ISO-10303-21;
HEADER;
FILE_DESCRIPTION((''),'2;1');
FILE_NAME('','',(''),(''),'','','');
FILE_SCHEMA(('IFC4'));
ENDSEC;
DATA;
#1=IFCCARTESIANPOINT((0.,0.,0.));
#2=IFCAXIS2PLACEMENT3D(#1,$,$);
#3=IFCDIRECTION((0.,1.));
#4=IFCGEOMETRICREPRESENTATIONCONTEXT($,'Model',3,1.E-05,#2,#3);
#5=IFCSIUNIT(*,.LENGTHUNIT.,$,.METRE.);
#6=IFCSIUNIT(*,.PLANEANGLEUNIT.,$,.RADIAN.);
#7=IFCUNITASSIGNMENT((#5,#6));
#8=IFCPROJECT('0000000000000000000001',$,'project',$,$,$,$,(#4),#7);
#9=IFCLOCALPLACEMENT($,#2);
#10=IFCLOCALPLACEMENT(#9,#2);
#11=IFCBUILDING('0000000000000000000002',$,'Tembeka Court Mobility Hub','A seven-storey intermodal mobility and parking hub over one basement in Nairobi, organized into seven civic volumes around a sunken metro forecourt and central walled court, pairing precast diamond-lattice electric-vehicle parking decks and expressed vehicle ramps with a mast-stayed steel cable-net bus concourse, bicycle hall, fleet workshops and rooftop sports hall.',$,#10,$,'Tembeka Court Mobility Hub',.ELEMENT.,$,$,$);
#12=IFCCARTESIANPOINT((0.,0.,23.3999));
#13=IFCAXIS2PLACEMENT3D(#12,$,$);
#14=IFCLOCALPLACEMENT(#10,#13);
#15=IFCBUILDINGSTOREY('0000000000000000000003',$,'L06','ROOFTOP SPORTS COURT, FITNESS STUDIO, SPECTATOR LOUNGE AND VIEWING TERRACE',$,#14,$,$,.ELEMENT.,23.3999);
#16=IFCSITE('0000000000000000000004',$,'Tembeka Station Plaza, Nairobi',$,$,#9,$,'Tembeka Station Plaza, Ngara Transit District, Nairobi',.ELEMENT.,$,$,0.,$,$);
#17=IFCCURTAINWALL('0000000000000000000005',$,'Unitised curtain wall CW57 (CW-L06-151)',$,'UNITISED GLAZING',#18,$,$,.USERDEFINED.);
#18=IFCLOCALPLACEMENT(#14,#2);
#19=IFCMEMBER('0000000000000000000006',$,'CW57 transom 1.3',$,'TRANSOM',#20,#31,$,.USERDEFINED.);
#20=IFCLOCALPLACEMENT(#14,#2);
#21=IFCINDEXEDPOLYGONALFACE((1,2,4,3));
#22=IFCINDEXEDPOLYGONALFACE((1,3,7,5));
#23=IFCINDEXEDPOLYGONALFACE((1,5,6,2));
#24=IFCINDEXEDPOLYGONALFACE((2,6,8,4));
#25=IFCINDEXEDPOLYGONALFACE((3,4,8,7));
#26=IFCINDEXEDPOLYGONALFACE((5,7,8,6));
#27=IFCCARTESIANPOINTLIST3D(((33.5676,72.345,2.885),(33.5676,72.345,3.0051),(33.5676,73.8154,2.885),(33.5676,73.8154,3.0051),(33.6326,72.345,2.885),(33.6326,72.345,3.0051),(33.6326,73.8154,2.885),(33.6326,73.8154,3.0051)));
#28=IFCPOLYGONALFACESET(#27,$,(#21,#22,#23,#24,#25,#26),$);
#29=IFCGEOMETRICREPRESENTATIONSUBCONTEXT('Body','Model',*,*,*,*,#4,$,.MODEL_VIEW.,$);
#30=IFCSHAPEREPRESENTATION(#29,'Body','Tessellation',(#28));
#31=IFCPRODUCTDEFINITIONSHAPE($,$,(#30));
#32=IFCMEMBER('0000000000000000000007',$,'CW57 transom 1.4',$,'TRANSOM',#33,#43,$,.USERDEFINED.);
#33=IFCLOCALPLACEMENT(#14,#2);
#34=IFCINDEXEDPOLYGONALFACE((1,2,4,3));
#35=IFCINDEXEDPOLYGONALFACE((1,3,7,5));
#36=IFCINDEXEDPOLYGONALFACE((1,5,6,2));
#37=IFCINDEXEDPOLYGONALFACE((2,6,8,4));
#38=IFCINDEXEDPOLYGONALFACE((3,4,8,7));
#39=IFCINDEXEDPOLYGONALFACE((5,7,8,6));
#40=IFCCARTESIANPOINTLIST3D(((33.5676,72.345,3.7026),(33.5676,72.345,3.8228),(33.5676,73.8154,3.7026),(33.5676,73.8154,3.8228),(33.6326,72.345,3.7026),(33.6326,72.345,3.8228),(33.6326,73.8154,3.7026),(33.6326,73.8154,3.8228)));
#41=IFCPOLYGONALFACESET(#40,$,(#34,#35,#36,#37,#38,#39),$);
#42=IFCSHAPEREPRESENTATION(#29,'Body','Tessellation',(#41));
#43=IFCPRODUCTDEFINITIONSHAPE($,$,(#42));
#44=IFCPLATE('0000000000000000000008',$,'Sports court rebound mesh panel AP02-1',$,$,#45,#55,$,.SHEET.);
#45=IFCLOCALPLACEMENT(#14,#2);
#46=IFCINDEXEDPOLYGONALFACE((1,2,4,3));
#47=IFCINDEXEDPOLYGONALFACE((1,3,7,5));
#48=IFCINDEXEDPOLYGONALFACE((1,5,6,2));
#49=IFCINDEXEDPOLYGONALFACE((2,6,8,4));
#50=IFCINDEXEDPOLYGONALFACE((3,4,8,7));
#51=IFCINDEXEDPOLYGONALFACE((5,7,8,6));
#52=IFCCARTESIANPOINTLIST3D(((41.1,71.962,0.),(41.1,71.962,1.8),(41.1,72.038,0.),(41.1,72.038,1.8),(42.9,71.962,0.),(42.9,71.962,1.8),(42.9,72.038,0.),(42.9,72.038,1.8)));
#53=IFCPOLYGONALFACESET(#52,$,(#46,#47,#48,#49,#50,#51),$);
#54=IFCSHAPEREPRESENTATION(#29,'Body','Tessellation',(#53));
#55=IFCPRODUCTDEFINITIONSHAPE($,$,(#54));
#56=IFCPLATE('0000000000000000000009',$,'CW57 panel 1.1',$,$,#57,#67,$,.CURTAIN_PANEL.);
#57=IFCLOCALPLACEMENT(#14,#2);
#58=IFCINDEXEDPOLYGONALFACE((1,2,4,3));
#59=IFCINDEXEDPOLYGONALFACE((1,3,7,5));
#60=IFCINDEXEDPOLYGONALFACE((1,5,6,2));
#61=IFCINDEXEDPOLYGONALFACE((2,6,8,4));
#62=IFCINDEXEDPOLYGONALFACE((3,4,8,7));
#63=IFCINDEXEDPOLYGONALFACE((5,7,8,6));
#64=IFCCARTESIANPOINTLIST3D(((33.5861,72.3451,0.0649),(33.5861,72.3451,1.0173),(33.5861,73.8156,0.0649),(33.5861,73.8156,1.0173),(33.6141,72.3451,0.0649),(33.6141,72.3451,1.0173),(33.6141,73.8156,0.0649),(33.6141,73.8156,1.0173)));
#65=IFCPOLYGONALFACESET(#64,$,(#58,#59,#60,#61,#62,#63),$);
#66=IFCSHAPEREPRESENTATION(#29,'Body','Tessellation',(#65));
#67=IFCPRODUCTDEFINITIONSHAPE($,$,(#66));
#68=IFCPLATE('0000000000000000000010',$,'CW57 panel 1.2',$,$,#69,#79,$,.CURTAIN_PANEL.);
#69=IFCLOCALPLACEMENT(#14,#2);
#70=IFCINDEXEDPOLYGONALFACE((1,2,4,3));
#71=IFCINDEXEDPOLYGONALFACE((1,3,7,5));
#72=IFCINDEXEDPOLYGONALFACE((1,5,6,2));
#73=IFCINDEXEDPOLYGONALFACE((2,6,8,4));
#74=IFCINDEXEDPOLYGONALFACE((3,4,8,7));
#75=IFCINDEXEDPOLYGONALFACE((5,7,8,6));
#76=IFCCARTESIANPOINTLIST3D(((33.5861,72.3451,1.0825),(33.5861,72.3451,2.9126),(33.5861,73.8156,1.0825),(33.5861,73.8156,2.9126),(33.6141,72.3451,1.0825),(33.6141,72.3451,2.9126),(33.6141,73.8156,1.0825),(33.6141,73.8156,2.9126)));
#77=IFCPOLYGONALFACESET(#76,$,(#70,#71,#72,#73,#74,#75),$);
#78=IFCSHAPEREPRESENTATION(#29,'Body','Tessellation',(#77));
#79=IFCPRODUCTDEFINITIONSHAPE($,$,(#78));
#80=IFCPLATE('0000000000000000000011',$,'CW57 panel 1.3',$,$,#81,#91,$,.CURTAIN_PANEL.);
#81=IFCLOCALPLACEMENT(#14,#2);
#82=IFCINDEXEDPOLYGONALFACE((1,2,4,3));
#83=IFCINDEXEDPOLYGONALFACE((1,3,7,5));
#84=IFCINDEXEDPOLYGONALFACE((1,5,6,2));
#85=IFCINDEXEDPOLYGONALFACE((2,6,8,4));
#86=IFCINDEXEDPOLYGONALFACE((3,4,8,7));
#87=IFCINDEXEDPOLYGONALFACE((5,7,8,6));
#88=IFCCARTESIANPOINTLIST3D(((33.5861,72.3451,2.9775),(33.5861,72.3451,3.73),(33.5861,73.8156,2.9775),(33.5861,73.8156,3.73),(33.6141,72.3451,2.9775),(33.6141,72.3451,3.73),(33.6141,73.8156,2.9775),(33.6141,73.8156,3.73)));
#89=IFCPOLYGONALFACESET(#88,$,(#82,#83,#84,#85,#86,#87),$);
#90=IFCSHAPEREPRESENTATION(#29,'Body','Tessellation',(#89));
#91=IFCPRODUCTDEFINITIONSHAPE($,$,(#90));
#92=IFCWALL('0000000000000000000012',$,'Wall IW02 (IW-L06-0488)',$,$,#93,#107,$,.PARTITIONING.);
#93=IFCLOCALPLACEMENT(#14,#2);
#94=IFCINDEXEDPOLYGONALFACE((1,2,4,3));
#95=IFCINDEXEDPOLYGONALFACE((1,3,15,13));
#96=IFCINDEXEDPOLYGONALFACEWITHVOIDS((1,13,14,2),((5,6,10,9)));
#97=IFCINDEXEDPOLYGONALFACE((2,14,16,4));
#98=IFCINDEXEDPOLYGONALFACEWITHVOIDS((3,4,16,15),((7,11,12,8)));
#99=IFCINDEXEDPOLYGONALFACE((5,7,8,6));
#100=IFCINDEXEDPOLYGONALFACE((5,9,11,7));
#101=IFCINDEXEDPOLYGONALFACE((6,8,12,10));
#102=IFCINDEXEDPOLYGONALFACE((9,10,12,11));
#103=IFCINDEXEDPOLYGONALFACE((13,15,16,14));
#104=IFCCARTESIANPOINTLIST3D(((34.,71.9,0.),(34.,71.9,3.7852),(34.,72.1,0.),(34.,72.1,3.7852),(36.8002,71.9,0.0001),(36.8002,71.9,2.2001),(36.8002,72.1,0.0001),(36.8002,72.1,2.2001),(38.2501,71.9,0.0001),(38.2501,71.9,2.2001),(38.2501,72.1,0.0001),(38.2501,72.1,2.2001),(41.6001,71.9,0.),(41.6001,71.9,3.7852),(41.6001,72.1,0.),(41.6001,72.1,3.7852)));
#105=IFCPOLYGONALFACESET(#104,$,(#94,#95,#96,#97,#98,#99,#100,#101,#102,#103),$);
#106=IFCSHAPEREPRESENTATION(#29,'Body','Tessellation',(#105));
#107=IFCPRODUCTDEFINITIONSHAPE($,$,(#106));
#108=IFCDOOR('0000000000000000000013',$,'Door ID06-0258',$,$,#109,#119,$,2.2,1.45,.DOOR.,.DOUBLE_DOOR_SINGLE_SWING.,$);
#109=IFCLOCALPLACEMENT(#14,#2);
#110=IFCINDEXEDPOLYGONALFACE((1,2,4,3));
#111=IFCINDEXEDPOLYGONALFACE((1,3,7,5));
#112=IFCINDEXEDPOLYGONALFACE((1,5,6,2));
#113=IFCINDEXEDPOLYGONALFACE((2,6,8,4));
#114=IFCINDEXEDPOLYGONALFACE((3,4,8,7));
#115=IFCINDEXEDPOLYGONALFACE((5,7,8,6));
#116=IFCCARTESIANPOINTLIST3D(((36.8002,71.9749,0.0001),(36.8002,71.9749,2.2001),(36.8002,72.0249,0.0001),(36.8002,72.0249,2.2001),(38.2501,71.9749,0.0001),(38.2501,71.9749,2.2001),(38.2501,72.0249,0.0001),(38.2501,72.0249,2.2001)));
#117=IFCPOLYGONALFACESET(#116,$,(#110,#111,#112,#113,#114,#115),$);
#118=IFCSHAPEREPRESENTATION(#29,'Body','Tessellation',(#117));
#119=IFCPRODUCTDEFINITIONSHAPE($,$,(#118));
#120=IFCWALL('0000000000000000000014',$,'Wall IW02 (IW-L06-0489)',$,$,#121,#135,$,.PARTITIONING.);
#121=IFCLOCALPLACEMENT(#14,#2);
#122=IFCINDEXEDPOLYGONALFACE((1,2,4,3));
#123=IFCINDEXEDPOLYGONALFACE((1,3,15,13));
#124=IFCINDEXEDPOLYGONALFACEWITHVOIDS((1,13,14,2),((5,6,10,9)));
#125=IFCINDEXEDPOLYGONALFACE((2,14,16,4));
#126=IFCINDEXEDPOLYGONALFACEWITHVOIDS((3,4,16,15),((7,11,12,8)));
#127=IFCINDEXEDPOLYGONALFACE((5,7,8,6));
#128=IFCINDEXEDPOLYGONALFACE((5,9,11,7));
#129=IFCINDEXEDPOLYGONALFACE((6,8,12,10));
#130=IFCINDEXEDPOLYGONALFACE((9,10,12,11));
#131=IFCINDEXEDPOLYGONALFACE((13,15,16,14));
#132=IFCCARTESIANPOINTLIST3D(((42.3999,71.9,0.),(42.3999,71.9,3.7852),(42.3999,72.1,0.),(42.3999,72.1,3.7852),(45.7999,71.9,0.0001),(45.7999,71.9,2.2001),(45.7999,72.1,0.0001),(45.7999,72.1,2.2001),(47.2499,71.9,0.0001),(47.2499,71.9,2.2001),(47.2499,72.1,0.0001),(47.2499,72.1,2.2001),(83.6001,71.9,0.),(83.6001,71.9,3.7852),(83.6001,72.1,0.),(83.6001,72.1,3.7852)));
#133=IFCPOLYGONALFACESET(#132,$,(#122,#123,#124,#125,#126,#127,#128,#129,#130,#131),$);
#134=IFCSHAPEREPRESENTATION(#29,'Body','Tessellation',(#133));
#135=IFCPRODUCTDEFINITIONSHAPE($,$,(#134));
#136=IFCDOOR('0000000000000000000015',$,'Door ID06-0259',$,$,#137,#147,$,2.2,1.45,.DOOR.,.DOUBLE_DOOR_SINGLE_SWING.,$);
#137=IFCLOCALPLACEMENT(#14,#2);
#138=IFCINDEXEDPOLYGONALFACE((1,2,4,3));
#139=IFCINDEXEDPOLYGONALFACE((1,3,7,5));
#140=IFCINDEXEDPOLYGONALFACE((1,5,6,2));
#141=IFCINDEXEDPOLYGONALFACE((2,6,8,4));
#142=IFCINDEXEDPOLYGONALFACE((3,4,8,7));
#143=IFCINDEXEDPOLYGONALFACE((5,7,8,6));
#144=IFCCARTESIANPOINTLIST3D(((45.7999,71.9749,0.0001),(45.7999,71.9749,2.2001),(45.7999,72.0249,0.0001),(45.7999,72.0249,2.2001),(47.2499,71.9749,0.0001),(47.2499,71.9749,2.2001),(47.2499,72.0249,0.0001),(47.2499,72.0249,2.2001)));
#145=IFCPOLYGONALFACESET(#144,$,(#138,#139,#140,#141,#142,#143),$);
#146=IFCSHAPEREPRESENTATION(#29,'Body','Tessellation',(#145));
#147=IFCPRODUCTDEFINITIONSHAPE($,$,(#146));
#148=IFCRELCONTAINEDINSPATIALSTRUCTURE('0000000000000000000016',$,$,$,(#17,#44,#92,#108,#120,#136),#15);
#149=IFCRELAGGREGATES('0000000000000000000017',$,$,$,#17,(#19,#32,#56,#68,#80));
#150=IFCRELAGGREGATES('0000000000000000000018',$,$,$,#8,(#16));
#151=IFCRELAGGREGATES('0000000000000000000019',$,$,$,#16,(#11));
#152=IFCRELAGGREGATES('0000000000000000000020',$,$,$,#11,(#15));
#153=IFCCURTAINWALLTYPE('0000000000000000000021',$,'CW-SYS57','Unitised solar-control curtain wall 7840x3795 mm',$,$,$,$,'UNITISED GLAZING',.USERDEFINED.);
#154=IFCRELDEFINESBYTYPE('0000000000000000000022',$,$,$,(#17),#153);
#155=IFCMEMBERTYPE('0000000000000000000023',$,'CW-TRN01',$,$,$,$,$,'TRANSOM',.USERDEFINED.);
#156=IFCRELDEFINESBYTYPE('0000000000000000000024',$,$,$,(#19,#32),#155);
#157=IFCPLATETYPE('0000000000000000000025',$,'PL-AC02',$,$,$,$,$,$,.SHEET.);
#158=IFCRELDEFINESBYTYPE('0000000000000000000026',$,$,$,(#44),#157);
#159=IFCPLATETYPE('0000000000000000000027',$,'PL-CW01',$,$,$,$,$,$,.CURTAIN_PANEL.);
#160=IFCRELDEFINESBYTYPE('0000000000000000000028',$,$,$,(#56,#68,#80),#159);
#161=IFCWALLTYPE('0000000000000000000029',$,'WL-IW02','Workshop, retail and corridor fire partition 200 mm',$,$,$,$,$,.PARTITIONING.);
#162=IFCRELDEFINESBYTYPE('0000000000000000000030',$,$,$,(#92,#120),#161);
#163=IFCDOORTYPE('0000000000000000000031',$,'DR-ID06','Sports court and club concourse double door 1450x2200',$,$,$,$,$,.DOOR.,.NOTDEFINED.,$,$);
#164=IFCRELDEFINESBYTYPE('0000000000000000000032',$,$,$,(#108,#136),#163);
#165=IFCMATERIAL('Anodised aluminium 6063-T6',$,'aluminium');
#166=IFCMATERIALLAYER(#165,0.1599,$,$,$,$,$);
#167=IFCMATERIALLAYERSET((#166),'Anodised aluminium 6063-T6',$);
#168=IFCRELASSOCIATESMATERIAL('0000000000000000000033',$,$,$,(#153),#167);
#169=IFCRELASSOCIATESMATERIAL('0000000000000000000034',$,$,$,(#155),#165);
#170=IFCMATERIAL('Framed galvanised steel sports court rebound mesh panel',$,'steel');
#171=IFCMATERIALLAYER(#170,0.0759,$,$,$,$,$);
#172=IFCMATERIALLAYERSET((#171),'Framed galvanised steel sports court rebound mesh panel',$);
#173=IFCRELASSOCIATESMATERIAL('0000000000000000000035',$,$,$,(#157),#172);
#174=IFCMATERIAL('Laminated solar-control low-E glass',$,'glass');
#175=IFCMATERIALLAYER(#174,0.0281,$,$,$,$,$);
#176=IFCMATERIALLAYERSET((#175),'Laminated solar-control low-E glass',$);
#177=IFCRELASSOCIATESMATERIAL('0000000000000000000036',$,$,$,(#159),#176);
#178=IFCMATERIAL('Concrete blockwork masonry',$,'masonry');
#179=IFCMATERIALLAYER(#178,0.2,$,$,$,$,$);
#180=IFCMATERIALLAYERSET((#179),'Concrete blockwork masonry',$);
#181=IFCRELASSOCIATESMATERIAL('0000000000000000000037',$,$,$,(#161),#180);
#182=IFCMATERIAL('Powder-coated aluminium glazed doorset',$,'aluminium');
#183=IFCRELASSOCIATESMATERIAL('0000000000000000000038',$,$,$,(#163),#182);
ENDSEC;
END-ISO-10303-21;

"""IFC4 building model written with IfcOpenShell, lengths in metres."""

from ifc_helpers import new_model, si_unit, direction, frame, frame_2d, origin, origin_2d, place, context, subcontext, project, spatial, rectangle, extrude, material, layer, layer_set, material_profile, profile_set, type_object, element, fill, aggregate, save


model = new_model("IFC4")

# Units and contexts
model_context = context("Model", 3, precision=1e-05, world=origin(), true_north=direction((0.0, 1.0)))
body_context = subcontext(model_context, "Body", "Model", "MODEL_VIEW")
ifc_project = project(units=[si_unit("LENGTHUNIT", "METRE"), si_unit("PLANEANGLEUNIT", "RADIAN")], contexts=[model_context])

# Site, building, storey
site_placement = place(None, origin())
site = spatial("IfcSite", under=ifc_project, at=site_placement, Name="Tembeka Station Plaza, Nairobi", LongName="Tembeka Station Plaza, Ngara Transit District, Nairobi", CompositionType="ELEMENT", RefElevation=0.0)
building_placement = place(site_placement, origin())
building = spatial("IfcBuilding", under=site, at=building_placement, Name="Tembeka Court Mobility Hub", Description="A seven-storey intermodal mobility and parking hub over one basement in Nairobi, organized into seven civic volumes around a sunken metro forecourt and central walled court, pairing precast diamond-lattice electric-vehicle parking decks and expressed vehicle ramps with a mast-stayed steel cable-net bus concourse, bicycle hall, fleet workshops and rooftop sports hall.", LongName="Tembeka Court Mobility Hub", CompositionType="ELEMENT")
storey_placement = place(building_placement, frame((0.0, 0.0, 23.3999)))
storey = spatial("IfcBuildingStorey", under=building, at=storey_placement, Name="L06", Description="ROOFTOP SPORTS COURT, FITNESS STUDIO, SPECTATOR LOUNGE AND VIEWING TERRACE", CompositionType="ELEMENT", Elevation=23.3999)

# Curtain wall, members
ifc_material_1 = material(Name="Anodised aluminium 6063-T6", Category="aluminium")
ifc_layer_1 = layer(ifc_material_1, 0.1599)
ifc_layer_set_1 = layer_set([ifc_layer_1], Name="Anodised aluminium 6063-T6")
curtain_wall_type = type_object("IfcCurtainWallType", Name="CW-SYS57", Description="Unitised solar-control curtain wall 7840x3795 mm", ElementType="UNITISED GLAZING", PredefinedType="USERDEFINED", material=ifc_layer_set_1)
curtain_wall_placement = place(storey_placement, origin())
curtain_wall = element("IfcCurtainWall", 1, at=curtain_wall_placement, inside=storey, type_object=curtain_wall_type, Name="Unitised curtain wall CW57 (CW-L06-151)", ObjectType="UNITISED GLAZING", PredefinedType="USERDEFINED")
ifc_material_profile_1 = material_profile(ifc_material_1, rectangle(XDim=0.0649, YDim=0.1201, at=origin_2d()), Name="ALU-TRN 65x120")
ifc_profile_set_1 = profile_set([ifc_material_profile_1], Name="Anodised aluminium 6063-T6")
member_type_1 = type_object("IfcMemberType", Name="CW-TRN01", ElementType="TRANSOM", PredefinedType="USERDEFINED", material=ifc_profile_set_1)
member_1_placement = place(storey_placement, frame((33.6001, 72.345, 2.9451), z_axis=(0.0, 1.0, 0.0), x_axis=(-1.0, 0.0, 0.0)))
member_1 = element("IfcMember", 2, at=member_1_placement, type_object=member_type_1, Name="CW57 transom 1.3", ObjectType="TRANSOM", PredefinedType="USERDEFINED", context=body_context, shape_type="SweptSolid", body=[
    extrude(rectangle(XDim=0.0649, YDim=0.1201, at=origin_2d()), origin(), (0.0, 0.0, 1.0), 1.4705),
])
member_2_placement = place(storey_placement, frame((33.6001, 72.345, 3.7627), z_axis=(0.0, 1.0, 0.0), x_axis=(-1.0, 0.0, 0.0)))
member_2 = element("IfcMember", 3, at=member_2_placement, type_object=member_type_1, Name="CW57 transom 1.4", ObjectType="TRANSOM", PredefinedType="USERDEFINED", context=body_context, shape_type="SweptSolid", body=[
    extrude(rectangle(XDim=0.0649, YDim=0.1201, at=origin_2d()), origin(), (0.0, 0.0, 1.0), 1.4705),
])

# Plates
ifc_material_2 = material(Name="Framed galvanised steel sports court rebound mesh panel", Category="steel")
ifc_layer_2 = layer(ifc_material_2, 0.0759)
ifc_layer_set_2 = layer_set([ifc_layer_2], Name="Framed galvanised steel sports court rebound mesh panel")
plate_type_1 = type_object("IfcPlateType", Name="PL-AC02", PredefinedType="SHEET", material=ifc_layer_set_2)
plate_1_placement = place(storey_placement, frame((42.0, 72.0, 0.0), z_axis=(0.0, 0.0, 1.0), x_axis=(1.0, 0.0, 0.0)))
element("IfcPlate", 4, at=plate_1_placement, inside=storey, type_object=plate_type_1, Name="Sports court rebound mesh panel AP02-1", PredefinedType="SHEET", context=body_context, shape_type="SweptSolid", body=[
    extrude(rectangle(XDim=1.8, YDim=0.0759, at=origin_2d()), origin(), (0.0, 0.0, 1.0), 1.8),
])
ifc_material_3 = material(Name="Laminated solar-control low-E glass", Category="glass")
ifc_layer_3 = layer(ifc_material_3, 0.0281)
ifc_layer_set_3 = layer_set([ifc_layer_3], Name="Laminated solar-control low-E glass")
plate_type_2 = type_object("IfcPlateType", Name="PL-CW01", PredefinedType="CURTAIN_PANEL", material=ifc_layer_set_3)
plate_2_placement = place(storey_placement, frame((33.6001, 73.0803, 0.0649), z_axis=(0.0, 0.0, 1.0), x_axis=(0.0, 1.0, 0.0)))
plate_2 = element("IfcPlate", 5, at=plate_2_placement, type_object=plate_type_2, Name="CW57 panel 1.1", PredefinedType="CURTAIN_PANEL", context=body_context, shape_type="SweptSolid", body=[
    extrude(rectangle(XDim=1.4705, YDim=0.0281, at=origin_2d()), origin(), (0.0, 0.0, 1.0), 0.9524),
])
plate_3_placement = place(storey_placement, frame((33.6001, 73.0803, 1.0825), z_axis=(0.0, 0.0, 1.0), x_axis=(0.0, 1.0, 0.0)))
plate_3 = element("IfcPlate", 6, at=plate_3_placement, type_object=plate_type_2, Name="CW57 panel 1.2", PredefinedType="CURTAIN_PANEL", context=body_context, shape_type="SweptSolid", body=[
    extrude(rectangle(XDim=1.4705, YDim=0.0281, at=origin_2d()), origin(), (0.0, 0.0, 1.0), 1.8301),
])
plate_4_placement = place(storey_placement, frame((33.6001, 73.0803, 2.9775), z_axis=(0.0, 0.0, 1.0), x_axis=(0.0, 1.0, 0.0)))
plate_4 = element("IfcPlate", 7, at=plate_4_placement, type_object=plate_type_2, Name="CW57 panel 1.3", PredefinedType="CURTAIN_PANEL", context=body_context, shape_type="SweptSolid", body=[
    extrude(rectangle(XDim=1.4705, YDim=0.0281, at=origin_2d()), origin(), (0.0, 0.0, 1.0), 0.7524),
])
aggregate(curtain_wall, [member_1, member_2, plate_2, plate_3, plate_4])

# Walls, openings, doors
ifc_material_4 = material(Name="Concrete blockwork masonry", Category="masonry")
ifc_layer_4 = layer(ifc_material_4, 0.2)
ifc_layer_set_4 = layer_set([ifc_layer_4], Name="Concrete blockwork masonry")
wall_type = type_object("IfcWallType", Name="WL-IW02", Description="Workshop, retail and corridor fire partition 200 mm", PredefinedType="PARTITIONING", material=ifc_layer_set_4)
wall_1_placement = place(storey_placement, frame((34.0, 72.0, 0.0), z_axis=(0.0, 0.0, 1.0), x_axis=(1.0, 0.0, 0.0)))
wall_1 = element("IfcWall", 8, at=wall_1_placement, inside=storey, type_object=wall_type, Name="Wall IW02 (IW-L06-0488)", PredefinedType="PARTITIONING", context=body_context, shape_type="SweptSolid", body=[
    extrude(rectangle(XDim=7.6001, YDim=0.2, at=frame_2d((3.8, 0.0))), origin(), (0.0, 0.0, 1.0), 3.7852),
])
opening_1_placement = place(wall_1_placement, frame((2.8, 0.0, 0.0)))
opening_1 = element("IfcOpeningElement", 9, at=opening_1_placement, cuts=wall_1, PredefinedType="OPENING", context=body_context, shape_type="SweptSolid", body=[
    extrude(rectangle(XDim=1.45, YDim=2.2, at=frame_2d((0.7251, 1.1001))), frame((0.0, 0.1099, 0.0), z_axis=(0.0, -1.0, 0.0), x_axis=(1.0, 0.0, 0.0)), (0.0, 0.0, 1.0), 0.22),
])
ifc_material_5 = material(Name="Powder-coated aluminium glazed doorset", Category="aluminium")
door_type = type_object("IfcDoorType", Name="DR-ID06", Description="Sports court and club concourse double door 1450x2200", OperationType="NOTDEFINED", PredefinedType="DOOR", material=ifc_material_5)
door_1_placement = place(opening_1_placement, origin())
door_1 = element("IfcDoor", 10, at=door_1_placement, inside=storey, type_object=door_type, Name="Door ID06-0258", OperationType="DOUBLE_DOOR_SINGLE_SWING", OverallHeight=2.2, OverallWidth=1.45, PredefinedType="DOOR", context=body_context, shape_type="SweptSolid", body=[
    extrude(rectangle(XDim=1.45, YDim=2.2, at=frame_2d((0.7251, 1.1001))), frame((0.0, 0.0249, 0.0), z_axis=(0.0, -1.0, 0.0), x_axis=(1.0, 0.0, 0.0)), (0.0, 0.0, 1.0), 0.05),
])
fill(opening_1, door_1)
wall_2_placement = place(storey_placement, frame((42.3999, 72.0, 0.0), z_axis=(0.0, 0.0, 1.0), x_axis=(1.0, 0.0, 0.0)))
wall_2 = element("IfcWall", 11, at=wall_2_placement, inside=storey, type_object=wall_type, Name="Wall IW02 (IW-L06-0489)", PredefinedType="PARTITIONING", context=body_context, shape_type="SweptSolid", body=[
    extrude(rectangle(XDim=41.2002, YDim=0.2, at=frame_2d((20.6001, 0.0))), origin(), (0.0, 0.0, 1.0), 3.7852),
])
opening_2_placement = place(wall_2_placement, frame((3.3999, 0.0, 0.0)))
opening_2 = element("IfcOpeningElement", 12, at=opening_2_placement, cuts=wall_2, PredefinedType="OPENING", context=body_context, shape_type="SweptSolid", body=[
    extrude(rectangle(XDim=1.45, YDim=2.2, at=frame_2d((0.7251, 1.1001))), frame((0.0, 0.1099, 0.0), z_axis=(0.0, -1.0, 0.0), x_axis=(1.0, 0.0, 0.0)), (0.0, 0.0, 1.0), 0.22),
])
door_2_placement = place(opening_2_placement, origin())
door_2 = element("IfcDoor", 13, at=door_2_placement, inside=storey, type_object=door_type, Name="Door ID06-0259", OperationType="DOUBLE_DOOR_SINGLE_SWING", OverallHeight=2.2, OverallWidth=1.45, PredefinedType="DOOR", context=body_context, shape_type="SweptSolid", body=[
    extrude(rectangle(XDim=1.45, YDim=2.2, at=frame_2d((0.7251, 1.1001))), frame((0.0, 0.0249, 0.0), z_axis=(0.0, -1.0, 0.0), x_axis=(1.0, 0.0, 0.0)), (0.0, 0.0, 1.0), 0.05),
])
fill(opening_2, door_2)

save(model, "model.ifc")
